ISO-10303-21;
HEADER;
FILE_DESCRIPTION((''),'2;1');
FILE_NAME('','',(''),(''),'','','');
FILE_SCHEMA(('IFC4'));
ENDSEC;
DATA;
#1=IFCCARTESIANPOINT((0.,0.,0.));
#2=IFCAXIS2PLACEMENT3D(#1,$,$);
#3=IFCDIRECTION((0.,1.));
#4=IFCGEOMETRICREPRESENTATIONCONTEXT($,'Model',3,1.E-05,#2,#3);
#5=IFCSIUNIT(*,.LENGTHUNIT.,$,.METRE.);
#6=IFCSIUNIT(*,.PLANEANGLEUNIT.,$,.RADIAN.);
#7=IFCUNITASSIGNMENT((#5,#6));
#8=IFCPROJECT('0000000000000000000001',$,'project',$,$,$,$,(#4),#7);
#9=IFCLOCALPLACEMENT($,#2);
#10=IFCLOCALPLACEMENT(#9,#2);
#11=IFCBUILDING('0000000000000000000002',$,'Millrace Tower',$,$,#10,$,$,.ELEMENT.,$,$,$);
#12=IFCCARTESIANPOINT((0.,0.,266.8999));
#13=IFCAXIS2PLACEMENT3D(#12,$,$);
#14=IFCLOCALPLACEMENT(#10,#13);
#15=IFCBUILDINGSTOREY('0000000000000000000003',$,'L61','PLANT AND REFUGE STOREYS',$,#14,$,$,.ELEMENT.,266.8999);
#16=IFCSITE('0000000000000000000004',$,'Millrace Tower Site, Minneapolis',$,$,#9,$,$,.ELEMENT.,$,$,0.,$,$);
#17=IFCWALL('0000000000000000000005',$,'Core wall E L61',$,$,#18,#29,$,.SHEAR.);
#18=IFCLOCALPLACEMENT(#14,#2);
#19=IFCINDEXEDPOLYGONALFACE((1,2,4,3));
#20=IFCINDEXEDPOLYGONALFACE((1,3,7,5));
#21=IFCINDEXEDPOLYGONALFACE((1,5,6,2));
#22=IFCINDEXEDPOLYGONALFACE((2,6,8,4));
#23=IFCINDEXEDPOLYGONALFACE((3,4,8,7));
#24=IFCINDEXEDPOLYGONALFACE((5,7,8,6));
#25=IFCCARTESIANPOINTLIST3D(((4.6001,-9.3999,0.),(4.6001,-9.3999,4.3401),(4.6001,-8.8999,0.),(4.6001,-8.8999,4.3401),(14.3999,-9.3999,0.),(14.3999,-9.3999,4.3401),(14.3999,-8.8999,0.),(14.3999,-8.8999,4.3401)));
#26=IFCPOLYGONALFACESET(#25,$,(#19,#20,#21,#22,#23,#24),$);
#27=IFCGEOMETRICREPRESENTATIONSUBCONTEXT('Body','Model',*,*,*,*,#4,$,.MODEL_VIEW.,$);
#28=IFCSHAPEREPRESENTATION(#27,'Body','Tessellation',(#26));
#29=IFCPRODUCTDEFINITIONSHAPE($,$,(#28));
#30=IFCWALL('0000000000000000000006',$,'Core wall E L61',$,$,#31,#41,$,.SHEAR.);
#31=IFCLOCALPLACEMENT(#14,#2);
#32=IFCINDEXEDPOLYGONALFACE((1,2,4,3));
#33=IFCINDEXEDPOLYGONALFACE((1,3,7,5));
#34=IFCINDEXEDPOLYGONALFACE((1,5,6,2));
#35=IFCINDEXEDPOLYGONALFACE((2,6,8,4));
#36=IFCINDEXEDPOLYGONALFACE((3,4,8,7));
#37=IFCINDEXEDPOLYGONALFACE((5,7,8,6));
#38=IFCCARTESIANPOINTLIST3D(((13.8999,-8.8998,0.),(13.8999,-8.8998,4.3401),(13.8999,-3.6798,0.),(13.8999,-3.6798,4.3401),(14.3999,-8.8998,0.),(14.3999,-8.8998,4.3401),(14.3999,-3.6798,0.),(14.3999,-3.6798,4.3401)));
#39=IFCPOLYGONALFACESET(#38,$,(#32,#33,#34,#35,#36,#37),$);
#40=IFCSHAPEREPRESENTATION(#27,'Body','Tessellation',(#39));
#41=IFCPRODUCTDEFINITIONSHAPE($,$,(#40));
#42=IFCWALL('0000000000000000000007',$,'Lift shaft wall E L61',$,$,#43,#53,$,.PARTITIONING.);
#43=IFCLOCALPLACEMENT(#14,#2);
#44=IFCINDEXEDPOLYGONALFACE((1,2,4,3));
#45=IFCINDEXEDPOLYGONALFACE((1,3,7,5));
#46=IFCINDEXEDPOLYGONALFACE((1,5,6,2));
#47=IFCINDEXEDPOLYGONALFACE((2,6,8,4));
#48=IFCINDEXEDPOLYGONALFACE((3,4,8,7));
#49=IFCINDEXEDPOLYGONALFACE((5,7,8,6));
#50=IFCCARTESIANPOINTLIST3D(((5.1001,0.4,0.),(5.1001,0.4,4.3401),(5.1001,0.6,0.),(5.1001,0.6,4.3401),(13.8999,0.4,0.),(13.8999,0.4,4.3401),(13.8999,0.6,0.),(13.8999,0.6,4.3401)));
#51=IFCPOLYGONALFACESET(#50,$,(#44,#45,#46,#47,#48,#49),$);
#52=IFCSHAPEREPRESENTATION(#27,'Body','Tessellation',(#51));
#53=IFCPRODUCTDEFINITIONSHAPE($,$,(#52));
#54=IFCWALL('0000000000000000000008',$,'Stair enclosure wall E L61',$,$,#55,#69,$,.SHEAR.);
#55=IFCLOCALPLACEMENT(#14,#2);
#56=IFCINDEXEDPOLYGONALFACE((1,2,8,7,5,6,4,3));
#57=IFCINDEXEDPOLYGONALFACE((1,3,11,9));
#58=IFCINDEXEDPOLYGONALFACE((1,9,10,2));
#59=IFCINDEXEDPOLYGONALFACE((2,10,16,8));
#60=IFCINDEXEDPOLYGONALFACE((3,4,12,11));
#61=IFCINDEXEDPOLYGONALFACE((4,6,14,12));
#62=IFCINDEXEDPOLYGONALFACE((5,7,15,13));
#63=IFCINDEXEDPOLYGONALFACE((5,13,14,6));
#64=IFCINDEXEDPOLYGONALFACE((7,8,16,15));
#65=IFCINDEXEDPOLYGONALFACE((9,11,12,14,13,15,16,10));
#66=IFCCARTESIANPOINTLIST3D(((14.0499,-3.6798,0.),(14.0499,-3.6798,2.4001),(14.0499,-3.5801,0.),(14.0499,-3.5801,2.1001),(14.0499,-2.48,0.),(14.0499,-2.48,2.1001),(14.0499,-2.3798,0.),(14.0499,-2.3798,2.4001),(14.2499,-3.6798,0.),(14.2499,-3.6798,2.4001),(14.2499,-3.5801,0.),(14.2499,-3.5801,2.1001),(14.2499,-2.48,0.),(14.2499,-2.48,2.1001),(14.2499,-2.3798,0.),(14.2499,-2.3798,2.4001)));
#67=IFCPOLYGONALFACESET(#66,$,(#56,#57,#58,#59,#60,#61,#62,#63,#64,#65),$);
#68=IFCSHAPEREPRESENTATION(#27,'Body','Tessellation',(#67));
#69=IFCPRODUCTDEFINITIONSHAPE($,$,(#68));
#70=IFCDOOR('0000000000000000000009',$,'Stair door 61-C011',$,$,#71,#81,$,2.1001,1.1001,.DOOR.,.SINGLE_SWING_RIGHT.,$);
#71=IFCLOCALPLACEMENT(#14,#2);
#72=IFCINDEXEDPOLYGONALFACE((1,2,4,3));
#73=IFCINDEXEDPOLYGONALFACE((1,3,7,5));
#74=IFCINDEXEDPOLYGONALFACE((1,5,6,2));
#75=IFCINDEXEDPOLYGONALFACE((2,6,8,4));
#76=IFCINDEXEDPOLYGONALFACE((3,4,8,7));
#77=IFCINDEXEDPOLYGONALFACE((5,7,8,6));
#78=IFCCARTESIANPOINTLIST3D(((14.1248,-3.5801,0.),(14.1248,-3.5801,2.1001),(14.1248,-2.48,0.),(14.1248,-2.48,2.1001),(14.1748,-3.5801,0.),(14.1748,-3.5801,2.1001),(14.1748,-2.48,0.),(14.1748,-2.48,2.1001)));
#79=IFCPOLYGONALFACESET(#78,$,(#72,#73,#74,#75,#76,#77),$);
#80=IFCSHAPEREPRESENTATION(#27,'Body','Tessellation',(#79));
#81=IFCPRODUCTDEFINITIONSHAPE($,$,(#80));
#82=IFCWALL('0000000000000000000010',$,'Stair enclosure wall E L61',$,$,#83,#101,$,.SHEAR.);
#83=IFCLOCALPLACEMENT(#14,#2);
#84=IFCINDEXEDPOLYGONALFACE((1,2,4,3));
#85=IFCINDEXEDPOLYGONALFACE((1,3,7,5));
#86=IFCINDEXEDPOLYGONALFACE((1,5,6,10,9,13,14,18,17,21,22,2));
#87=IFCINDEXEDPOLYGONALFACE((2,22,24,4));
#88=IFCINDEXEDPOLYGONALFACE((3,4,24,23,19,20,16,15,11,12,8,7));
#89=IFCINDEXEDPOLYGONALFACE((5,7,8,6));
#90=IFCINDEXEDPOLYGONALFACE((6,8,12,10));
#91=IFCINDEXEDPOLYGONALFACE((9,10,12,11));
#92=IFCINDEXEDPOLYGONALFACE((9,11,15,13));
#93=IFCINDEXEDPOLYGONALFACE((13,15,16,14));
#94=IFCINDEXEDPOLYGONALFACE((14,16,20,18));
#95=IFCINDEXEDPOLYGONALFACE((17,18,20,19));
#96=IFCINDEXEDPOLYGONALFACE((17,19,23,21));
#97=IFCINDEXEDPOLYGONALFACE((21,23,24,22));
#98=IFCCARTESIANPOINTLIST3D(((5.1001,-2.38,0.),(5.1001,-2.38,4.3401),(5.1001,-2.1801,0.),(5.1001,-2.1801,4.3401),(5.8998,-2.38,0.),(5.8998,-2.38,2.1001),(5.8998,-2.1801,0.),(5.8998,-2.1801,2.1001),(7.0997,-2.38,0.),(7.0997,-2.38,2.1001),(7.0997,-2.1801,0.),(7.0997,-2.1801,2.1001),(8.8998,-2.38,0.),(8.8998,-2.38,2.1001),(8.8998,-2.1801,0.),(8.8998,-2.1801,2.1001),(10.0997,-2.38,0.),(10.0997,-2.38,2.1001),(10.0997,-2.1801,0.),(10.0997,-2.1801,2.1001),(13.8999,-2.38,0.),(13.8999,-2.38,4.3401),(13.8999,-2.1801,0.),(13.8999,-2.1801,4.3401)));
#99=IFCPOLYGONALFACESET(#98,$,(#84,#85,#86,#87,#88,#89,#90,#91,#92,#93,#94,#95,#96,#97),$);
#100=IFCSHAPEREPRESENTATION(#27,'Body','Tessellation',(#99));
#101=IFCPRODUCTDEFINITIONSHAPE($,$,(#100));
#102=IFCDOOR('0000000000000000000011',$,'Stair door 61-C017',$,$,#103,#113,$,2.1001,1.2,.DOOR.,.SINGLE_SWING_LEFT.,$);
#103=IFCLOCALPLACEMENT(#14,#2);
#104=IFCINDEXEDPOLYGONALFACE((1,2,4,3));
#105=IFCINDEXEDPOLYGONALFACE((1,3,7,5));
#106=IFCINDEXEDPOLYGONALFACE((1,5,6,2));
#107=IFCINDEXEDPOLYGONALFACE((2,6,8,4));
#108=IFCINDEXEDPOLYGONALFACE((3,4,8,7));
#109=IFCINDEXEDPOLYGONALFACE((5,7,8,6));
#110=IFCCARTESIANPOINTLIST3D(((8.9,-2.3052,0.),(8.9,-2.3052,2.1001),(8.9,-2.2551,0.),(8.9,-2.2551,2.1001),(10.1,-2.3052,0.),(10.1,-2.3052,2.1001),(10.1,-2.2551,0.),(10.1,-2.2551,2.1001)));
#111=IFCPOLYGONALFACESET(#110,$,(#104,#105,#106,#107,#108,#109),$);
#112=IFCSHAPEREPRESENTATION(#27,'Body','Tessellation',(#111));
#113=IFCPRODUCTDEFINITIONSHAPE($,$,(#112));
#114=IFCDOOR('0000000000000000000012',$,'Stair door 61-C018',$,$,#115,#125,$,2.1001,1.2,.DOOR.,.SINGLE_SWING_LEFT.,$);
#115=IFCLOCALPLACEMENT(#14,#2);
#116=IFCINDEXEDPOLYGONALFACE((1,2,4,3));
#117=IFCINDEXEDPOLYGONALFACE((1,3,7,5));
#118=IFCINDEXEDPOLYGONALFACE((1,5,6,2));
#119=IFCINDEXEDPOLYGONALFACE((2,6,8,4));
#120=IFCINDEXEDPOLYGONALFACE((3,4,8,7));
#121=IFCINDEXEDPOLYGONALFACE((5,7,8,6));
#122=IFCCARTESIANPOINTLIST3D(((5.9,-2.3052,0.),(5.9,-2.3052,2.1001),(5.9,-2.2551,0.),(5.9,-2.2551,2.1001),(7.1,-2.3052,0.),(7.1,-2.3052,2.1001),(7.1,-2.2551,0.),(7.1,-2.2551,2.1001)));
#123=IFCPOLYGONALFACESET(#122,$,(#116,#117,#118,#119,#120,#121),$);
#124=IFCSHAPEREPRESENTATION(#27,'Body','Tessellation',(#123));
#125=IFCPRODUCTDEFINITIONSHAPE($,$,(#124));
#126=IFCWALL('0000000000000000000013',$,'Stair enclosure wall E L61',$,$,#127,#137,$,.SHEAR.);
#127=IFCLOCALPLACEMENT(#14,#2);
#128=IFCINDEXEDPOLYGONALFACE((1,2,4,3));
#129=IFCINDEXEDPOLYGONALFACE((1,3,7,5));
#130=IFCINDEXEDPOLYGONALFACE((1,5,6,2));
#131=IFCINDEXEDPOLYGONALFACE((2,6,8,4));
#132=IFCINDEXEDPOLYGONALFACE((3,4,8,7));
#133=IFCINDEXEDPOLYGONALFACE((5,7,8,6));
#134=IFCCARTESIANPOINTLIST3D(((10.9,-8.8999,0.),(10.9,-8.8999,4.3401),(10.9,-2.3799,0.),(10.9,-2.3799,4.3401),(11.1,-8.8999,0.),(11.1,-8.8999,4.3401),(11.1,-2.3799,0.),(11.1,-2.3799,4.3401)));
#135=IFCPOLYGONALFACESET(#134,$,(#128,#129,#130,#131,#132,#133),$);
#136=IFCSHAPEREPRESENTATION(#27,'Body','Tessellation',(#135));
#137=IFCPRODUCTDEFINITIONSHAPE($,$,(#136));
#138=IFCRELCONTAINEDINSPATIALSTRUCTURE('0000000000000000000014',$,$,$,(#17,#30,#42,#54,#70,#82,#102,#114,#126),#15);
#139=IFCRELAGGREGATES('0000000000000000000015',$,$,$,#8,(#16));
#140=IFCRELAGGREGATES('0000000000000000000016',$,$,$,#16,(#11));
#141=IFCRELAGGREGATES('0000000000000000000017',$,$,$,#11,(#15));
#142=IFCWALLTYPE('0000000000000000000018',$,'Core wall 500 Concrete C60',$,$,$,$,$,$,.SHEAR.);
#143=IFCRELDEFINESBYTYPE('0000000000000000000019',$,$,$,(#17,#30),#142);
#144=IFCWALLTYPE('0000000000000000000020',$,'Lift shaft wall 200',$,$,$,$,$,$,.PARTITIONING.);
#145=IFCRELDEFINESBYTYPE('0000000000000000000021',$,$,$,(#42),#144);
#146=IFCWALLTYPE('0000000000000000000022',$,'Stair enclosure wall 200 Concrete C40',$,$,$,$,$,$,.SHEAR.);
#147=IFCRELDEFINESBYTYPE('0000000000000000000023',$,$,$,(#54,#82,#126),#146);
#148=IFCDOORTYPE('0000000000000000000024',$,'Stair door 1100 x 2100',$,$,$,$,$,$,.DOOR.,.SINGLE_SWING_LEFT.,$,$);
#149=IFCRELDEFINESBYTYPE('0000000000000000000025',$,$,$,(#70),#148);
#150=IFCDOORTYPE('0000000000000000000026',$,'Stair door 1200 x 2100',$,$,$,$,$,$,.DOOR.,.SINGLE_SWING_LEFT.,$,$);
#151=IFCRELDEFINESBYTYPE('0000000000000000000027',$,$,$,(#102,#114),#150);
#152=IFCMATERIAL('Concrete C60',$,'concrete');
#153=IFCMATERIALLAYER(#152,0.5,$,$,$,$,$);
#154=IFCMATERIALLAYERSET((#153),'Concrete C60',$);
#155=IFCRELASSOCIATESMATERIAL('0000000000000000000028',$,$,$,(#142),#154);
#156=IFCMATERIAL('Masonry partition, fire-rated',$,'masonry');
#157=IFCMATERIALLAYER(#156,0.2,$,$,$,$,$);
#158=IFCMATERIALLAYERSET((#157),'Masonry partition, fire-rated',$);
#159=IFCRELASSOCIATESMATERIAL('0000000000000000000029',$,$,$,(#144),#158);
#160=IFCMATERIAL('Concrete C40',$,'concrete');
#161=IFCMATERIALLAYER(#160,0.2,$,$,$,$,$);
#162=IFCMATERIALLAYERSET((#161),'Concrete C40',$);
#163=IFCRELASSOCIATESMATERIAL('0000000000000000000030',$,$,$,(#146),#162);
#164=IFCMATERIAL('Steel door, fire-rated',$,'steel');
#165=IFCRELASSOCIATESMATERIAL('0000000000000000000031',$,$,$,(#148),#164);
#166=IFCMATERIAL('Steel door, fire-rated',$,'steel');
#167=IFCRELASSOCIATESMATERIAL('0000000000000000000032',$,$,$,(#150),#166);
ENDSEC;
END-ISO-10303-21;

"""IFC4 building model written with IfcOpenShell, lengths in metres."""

from ifc_helpers import new_model, si_unit, direction, frame, frame_2d, origin, place, context, subcontext, project, spatial, rectangle, extrude, material, layer, layer_set, type_object, element, fill, save


model = new_model("IFC4")

# Units and contexts
model_context = context("Model", 3, precision=1e-05, world=origin(), true_north=direction((0.0, 1.0)))
body_context = subcontext(model_context, "Body", "Model", "MODEL_VIEW")
ifc_project = project(units=[si_unit("LENGTHUNIT", "METRE"), si_unit("PLANEANGLEUNIT", "RADIAN")], contexts=[model_context])

# Site, building, storey
site_placement = place(None, origin())
site = spatial("IfcSite", under=ifc_project, at=site_placement, Name="Millrace Tower Site, Minneapolis", CompositionType="ELEMENT", RefElevation=0.0)
building_placement = place(site_placement, origin())
building = spatial("IfcBuilding", under=site, at=building_placement, Name="Millrace Tower", CompositionType="ELEMENT")
storey_placement = place(building_placement, frame((0.0, 0.0, 266.8999)))
storey = spatial("IfcBuildingStorey", under=building, at=storey_placement, Name="L61", Description="PLANT AND REFUGE STOREYS", CompositionType="ELEMENT", Elevation=266.8999)

# Walls
ifc_material_1 = material(Name="Concrete C60", Category="concrete")
ifc_layer_1 = layer(ifc_material_1, 0.5)
ifc_layer_set_1 = layer_set([ifc_layer_1], Name="Concrete C60")
wall_type_1 = type_object("IfcWallType", Name="Core wall 500 Concrete C60", PredefinedType="SHEAR", material=ifc_layer_set_1)
wall_1_placement = place(storey_placement, frame((14.3999, -9.1499, 0.0), z_axis=(0.0, 0.0, 1.0), x_axis=(-1.0, 0.0, 0.0)))
element("IfcWall", 1, at=wall_1_placement, inside=storey, type_object=wall_type_1, Name="Core wall E L61", PredefinedType="SHEAR", context=body_context, shape_type="SweptSolid", body=[
    extrude(rectangle(XDim=9.7998, YDim=0.5, at=frame_2d((4.8999, 0.0))), origin(), (0.0, 0.0, 1.0), 4.3401),
])
wall_2_placement = place(storey_placement, frame((14.1499, -3.6799, 0.0), z_axis=(0.0, 0.0, 1.0), x_axis=(0.0, -1.0, 0.0)))
element("IfcWall", 2, at=wall_2_placement, inside=storey, type_object=wall_type_1, Name="Core wall E L61", PredefinedType="SHEAR", context=body_context, shape_type="SweptSolid", body=[
    extrude(rectangle(XDim=5.22, YDim=0.5, at=frame_2d((2.6099, 0.0))), origin(), (0.0, 0.0, 1.0), 4.3401),
])
ifc_material_2 = material(Name="Masonry partition, fire-rated", Category="masonry")
ifc_layer_2 = layer(ifc_material_2, 0.2)
ifc_layer_set_2 = layer_set([ifc_layer_2], Name="Masonry partition, fire-rated")
wall_type_2 = type_object("IfcWallType", Name="Lift shaft wall 200", PredefinedType="PARTITIONING", material=ifc_layer_set_2)
wall_3_placement = place(storey_placement, frame((13.8999, 0.5, 0.0), z_axis=(0.0, 0.0, 1.0), x_axis=(-1.0, 0.0, 0.0)))
element("IfcWall", 3, at=wall_3_placement, inside=storey, type_object=wall_type_2, Name="Lift shaft wall E L61", PredefinedType="PARTITIONING", context=body_context, shape_type="SweptSolid", body=[
    extrude(rectangle(XDim=8.7998, YDim=0.2, at=frame_2d((4.3999, 0.0))), origin(), (0.0, 0.0, 1.0), 4.3401),
])

# Wall, opening, door
ifc_material_3 = material(Name="Concrete C40", Category="concrete")
ifc_layer_3 = layer(ifc_material_3, 0.2)
ifc_layer_set_3 = layer_set([ifc_layer_3], Name="Concrete C40")
wall_type_3 = type_object("IfcWallType", Name="Stair enclosure wall 200 Concrete C40", PredefinedType="SHEAR", material=ifc_layer_set_3)
wall_4_placement = place(storey_placement, frame((14.1499, -2.3799, 0.0), z_axis=(0.0, 0.0, 1.0), x_axis=(0.0, -1.0, 0.0)))
wall_4 = element("IfcWall", 4, at=wall_4_placement, inside=storey, type_object=wall_type_3, Name="Stair enclosure wall E L61", PredefinedType="SHEAR", context=body_context, shape_type="SweptSolid", body=[
    extrude(rectangle(XDim=1.3, YDim=0.2, at=frame_2d((0.6499, 0.0))), origin(), (0.0, 0.0, 1.0), 2.4001),
])
opening_1_placement = place(wall_4_placement, frame((0.1001, 0.0, 0.0)))
opening_1 = element("IfcOpeningElement", 5, at=opening_1_placement, cuts=wall_4, PredefinedType="OPENING", context=body_context, shape_type="SweptSolid", body=[
    extrude(rectangle(XDim=1.1001, YDim=2.1001, at=frame_2d((0.55, 1.05))), frame((0.0, 0.1099, 0.0), z_axis=(0.0, -1.0, 0.0), x_axis=(1.0, 0.0, 0.0)), (0.0, 0.0, 1.0), 0.22),
])
ifc_material_4 = material(Name="Steel door, fire-rated", Category="steel")
door_type_1 = type_object("IfcDoorType", Name="Stair door 1100 x 2100", OperationType="SINGLE_SWING_LEFT", PredefinedType="DOOR", material=ifc_material_4)
door_1_placement = place(opening_1_placement, origin())
door_1 = element("IfcDoor", 6, at=door_1_placement, inside=storey, type_object=door_type_1, Name="Stair door 61-C011", OperationType="SINGLE_SWING_RIGHT", OverallHeight=2.1001, OverallWidth=1.1001, PredefinedType="DOOR", context=body_context, shape_type="SweptSolid", body=[
    extrude(rectangle(XDim=1.1001, YDim=2.1001, at=frame_2d((0.55, 1.05))), frame((0.0, 0.0249, 0.0), z_axis=(0.0, -1.0, 0.0), x_axis=(1.0, 0.0, 0.0)), (0.0, 0.0, 1.0), 0.05),
])
fill(opening_1, door_1)

# Wall, openings, doors
wall_5_placement = place(storey_placement, frame((13.8999, -2.28, 0.0), z_axis=(0.0, 0.0, 1.0), x_axis=(-1.0, 0.0, 0.0)))
wall_5 = element("IfcWall", 7, at=wall_5_placement, inside=storey, type_object=wall_type_3, Name="Stair enclosure wall E L61", PredefinedType="SHEAR", context=body_context, shape_type="SweptSolid", body=[
    extrude(rectangle(XDim=8.7998, YDim=0.2, at=frame_2d((4.3999, 0.0))), origin(), (0.0, 0.0, 1.0), 4.3401),
])
opening_2_placement = place(wall_5_placement, frame((3.8, 0.0, 0.0)))
opening_2 = element("IfcOpeningElement", 8, at=opening_2_placement, cuts=wall_5, PredefinedType="OPENING", context=body_context, shape_type="SweptSolid", body=[
    extrude(rectangle(XDim=1.2, YDim=2.1001, at=frame_2d((0.6001, 1.05))), frame((0.0, 0.1099, 0.0), z_axis=(0.0, -1.0, 0.0), x_axis=(1.0, 0.0, 0.0)), (0.0, 0.0, 1.0), 0.22),
])
opening_3_placement = place(wall_5_placement, frame((6.8, 0.0, 0.0)))
opening_3 = element("IfcOpeningElement", 9, at=opening_3_placement, cuts=wall_5, PredefinedType="OPENING", context=body_context, shape_type="SweptSolid", body=[
    extrude(rectangle(XDim=1.2, YDim=2.1001, at=frame_2d((0.6001, 1.05))), frame((0.0, 0.1099, 0.0), z_axis=(0.0, -1.0, 0.0), x_axis=(1.0, 0.0, 0.0)), (0.0, 0.0, 1.0), 0.22),
])
ifc_material_5 = material(Name="Steel door, fire-rated", Category="steel")
door_type_2 = type_object("IfcDoorType", Name="Stair door 1200 x 2100", OperationType="SINGLE_SWING_LEFT", PredefinedType="DOOR", material=ifc_material_5)
door_2_placement = place(opening_2_placement, frame((1.2, 0.0, 0.0), z_axis=(0.0, 0.0, 1.0), x_axis=(-1.0, 0.0, 0.0)))
door_2 = element("IfcDoor", 10, at=door_2_placement, inside=storey, type_object=door_type_2, Name="Stair door 61-C017", OperationType="SINGLE_SWING_LEFT", OverallHeight=2.1001, OverallWidth=1.2, PredefinedType="DOOR", context=body_context, shape_type="SweptSolid", body=[
    extrude(rectangle(XDim=1.2, YDim=2.1001, at=frame_2d((0.6001, 1.05))), frame((0.0, 0.0249, 0.0), z_axis=(0.0, -1.0, 0.0), x_axis=(1.0, 0.0, 0.0)), (0.0, 0.0, 1.0), 0.05),
])
fill(opening_2, door_2)
door_3_placement = place(opening_3_placement, frame((1.2, 0.0, 0.0), z_axis=(0.0, 0.0, 1.0), x_axis=(-1.0, 0.0, 0.0)))
door_3 = element("IfcDoor", 11, at=door_3_placement, inside=storey, type_object=door_type_2, Name="Stair door 61-C018", OperationType="SINGLE_SWING_LEFT", OverallHeight=2.1001, OverallWidth=1.2, PredefinedType="DOOR", context=body_context, shape_type="SweptSolid", body=[
    extrude(rectangle(XDim=1.2, YDim=2.1001, at=frame_2d((0.6001, 1.05))), frame((0.0, 0.0249, 0.0), z_axis=(0.0, -1.0, 0.0), x_axis=(1.0, 0.0, 0.0)), (0.0, 0.0, 1.0), 0.05),
])
fill(opening_3, door_3)

# Wall
wall_6_placement = place(storey_placement, frame((11.0, -2.3799, 0.0), z_axis=(0.0, 0.0, 1.0), x_axis=(0.0, -1.0, 0.0)))
element("IfcWall", 12, at=wall_6_placement, inside=storey, type_object=wall_type_3, Name="Stair enclosure wall E L61", PredefinedType="SHEAR", context=body_context, shape_type="SweptSolid", body=[
    extrude(rectangle(XDim=6.52, YDim=0.2, at=frame_2d((3.26, 0.0))), origin(), (0.0, 0.0, 1.0), 4.3401),
])

save(model, "model.ifc")
